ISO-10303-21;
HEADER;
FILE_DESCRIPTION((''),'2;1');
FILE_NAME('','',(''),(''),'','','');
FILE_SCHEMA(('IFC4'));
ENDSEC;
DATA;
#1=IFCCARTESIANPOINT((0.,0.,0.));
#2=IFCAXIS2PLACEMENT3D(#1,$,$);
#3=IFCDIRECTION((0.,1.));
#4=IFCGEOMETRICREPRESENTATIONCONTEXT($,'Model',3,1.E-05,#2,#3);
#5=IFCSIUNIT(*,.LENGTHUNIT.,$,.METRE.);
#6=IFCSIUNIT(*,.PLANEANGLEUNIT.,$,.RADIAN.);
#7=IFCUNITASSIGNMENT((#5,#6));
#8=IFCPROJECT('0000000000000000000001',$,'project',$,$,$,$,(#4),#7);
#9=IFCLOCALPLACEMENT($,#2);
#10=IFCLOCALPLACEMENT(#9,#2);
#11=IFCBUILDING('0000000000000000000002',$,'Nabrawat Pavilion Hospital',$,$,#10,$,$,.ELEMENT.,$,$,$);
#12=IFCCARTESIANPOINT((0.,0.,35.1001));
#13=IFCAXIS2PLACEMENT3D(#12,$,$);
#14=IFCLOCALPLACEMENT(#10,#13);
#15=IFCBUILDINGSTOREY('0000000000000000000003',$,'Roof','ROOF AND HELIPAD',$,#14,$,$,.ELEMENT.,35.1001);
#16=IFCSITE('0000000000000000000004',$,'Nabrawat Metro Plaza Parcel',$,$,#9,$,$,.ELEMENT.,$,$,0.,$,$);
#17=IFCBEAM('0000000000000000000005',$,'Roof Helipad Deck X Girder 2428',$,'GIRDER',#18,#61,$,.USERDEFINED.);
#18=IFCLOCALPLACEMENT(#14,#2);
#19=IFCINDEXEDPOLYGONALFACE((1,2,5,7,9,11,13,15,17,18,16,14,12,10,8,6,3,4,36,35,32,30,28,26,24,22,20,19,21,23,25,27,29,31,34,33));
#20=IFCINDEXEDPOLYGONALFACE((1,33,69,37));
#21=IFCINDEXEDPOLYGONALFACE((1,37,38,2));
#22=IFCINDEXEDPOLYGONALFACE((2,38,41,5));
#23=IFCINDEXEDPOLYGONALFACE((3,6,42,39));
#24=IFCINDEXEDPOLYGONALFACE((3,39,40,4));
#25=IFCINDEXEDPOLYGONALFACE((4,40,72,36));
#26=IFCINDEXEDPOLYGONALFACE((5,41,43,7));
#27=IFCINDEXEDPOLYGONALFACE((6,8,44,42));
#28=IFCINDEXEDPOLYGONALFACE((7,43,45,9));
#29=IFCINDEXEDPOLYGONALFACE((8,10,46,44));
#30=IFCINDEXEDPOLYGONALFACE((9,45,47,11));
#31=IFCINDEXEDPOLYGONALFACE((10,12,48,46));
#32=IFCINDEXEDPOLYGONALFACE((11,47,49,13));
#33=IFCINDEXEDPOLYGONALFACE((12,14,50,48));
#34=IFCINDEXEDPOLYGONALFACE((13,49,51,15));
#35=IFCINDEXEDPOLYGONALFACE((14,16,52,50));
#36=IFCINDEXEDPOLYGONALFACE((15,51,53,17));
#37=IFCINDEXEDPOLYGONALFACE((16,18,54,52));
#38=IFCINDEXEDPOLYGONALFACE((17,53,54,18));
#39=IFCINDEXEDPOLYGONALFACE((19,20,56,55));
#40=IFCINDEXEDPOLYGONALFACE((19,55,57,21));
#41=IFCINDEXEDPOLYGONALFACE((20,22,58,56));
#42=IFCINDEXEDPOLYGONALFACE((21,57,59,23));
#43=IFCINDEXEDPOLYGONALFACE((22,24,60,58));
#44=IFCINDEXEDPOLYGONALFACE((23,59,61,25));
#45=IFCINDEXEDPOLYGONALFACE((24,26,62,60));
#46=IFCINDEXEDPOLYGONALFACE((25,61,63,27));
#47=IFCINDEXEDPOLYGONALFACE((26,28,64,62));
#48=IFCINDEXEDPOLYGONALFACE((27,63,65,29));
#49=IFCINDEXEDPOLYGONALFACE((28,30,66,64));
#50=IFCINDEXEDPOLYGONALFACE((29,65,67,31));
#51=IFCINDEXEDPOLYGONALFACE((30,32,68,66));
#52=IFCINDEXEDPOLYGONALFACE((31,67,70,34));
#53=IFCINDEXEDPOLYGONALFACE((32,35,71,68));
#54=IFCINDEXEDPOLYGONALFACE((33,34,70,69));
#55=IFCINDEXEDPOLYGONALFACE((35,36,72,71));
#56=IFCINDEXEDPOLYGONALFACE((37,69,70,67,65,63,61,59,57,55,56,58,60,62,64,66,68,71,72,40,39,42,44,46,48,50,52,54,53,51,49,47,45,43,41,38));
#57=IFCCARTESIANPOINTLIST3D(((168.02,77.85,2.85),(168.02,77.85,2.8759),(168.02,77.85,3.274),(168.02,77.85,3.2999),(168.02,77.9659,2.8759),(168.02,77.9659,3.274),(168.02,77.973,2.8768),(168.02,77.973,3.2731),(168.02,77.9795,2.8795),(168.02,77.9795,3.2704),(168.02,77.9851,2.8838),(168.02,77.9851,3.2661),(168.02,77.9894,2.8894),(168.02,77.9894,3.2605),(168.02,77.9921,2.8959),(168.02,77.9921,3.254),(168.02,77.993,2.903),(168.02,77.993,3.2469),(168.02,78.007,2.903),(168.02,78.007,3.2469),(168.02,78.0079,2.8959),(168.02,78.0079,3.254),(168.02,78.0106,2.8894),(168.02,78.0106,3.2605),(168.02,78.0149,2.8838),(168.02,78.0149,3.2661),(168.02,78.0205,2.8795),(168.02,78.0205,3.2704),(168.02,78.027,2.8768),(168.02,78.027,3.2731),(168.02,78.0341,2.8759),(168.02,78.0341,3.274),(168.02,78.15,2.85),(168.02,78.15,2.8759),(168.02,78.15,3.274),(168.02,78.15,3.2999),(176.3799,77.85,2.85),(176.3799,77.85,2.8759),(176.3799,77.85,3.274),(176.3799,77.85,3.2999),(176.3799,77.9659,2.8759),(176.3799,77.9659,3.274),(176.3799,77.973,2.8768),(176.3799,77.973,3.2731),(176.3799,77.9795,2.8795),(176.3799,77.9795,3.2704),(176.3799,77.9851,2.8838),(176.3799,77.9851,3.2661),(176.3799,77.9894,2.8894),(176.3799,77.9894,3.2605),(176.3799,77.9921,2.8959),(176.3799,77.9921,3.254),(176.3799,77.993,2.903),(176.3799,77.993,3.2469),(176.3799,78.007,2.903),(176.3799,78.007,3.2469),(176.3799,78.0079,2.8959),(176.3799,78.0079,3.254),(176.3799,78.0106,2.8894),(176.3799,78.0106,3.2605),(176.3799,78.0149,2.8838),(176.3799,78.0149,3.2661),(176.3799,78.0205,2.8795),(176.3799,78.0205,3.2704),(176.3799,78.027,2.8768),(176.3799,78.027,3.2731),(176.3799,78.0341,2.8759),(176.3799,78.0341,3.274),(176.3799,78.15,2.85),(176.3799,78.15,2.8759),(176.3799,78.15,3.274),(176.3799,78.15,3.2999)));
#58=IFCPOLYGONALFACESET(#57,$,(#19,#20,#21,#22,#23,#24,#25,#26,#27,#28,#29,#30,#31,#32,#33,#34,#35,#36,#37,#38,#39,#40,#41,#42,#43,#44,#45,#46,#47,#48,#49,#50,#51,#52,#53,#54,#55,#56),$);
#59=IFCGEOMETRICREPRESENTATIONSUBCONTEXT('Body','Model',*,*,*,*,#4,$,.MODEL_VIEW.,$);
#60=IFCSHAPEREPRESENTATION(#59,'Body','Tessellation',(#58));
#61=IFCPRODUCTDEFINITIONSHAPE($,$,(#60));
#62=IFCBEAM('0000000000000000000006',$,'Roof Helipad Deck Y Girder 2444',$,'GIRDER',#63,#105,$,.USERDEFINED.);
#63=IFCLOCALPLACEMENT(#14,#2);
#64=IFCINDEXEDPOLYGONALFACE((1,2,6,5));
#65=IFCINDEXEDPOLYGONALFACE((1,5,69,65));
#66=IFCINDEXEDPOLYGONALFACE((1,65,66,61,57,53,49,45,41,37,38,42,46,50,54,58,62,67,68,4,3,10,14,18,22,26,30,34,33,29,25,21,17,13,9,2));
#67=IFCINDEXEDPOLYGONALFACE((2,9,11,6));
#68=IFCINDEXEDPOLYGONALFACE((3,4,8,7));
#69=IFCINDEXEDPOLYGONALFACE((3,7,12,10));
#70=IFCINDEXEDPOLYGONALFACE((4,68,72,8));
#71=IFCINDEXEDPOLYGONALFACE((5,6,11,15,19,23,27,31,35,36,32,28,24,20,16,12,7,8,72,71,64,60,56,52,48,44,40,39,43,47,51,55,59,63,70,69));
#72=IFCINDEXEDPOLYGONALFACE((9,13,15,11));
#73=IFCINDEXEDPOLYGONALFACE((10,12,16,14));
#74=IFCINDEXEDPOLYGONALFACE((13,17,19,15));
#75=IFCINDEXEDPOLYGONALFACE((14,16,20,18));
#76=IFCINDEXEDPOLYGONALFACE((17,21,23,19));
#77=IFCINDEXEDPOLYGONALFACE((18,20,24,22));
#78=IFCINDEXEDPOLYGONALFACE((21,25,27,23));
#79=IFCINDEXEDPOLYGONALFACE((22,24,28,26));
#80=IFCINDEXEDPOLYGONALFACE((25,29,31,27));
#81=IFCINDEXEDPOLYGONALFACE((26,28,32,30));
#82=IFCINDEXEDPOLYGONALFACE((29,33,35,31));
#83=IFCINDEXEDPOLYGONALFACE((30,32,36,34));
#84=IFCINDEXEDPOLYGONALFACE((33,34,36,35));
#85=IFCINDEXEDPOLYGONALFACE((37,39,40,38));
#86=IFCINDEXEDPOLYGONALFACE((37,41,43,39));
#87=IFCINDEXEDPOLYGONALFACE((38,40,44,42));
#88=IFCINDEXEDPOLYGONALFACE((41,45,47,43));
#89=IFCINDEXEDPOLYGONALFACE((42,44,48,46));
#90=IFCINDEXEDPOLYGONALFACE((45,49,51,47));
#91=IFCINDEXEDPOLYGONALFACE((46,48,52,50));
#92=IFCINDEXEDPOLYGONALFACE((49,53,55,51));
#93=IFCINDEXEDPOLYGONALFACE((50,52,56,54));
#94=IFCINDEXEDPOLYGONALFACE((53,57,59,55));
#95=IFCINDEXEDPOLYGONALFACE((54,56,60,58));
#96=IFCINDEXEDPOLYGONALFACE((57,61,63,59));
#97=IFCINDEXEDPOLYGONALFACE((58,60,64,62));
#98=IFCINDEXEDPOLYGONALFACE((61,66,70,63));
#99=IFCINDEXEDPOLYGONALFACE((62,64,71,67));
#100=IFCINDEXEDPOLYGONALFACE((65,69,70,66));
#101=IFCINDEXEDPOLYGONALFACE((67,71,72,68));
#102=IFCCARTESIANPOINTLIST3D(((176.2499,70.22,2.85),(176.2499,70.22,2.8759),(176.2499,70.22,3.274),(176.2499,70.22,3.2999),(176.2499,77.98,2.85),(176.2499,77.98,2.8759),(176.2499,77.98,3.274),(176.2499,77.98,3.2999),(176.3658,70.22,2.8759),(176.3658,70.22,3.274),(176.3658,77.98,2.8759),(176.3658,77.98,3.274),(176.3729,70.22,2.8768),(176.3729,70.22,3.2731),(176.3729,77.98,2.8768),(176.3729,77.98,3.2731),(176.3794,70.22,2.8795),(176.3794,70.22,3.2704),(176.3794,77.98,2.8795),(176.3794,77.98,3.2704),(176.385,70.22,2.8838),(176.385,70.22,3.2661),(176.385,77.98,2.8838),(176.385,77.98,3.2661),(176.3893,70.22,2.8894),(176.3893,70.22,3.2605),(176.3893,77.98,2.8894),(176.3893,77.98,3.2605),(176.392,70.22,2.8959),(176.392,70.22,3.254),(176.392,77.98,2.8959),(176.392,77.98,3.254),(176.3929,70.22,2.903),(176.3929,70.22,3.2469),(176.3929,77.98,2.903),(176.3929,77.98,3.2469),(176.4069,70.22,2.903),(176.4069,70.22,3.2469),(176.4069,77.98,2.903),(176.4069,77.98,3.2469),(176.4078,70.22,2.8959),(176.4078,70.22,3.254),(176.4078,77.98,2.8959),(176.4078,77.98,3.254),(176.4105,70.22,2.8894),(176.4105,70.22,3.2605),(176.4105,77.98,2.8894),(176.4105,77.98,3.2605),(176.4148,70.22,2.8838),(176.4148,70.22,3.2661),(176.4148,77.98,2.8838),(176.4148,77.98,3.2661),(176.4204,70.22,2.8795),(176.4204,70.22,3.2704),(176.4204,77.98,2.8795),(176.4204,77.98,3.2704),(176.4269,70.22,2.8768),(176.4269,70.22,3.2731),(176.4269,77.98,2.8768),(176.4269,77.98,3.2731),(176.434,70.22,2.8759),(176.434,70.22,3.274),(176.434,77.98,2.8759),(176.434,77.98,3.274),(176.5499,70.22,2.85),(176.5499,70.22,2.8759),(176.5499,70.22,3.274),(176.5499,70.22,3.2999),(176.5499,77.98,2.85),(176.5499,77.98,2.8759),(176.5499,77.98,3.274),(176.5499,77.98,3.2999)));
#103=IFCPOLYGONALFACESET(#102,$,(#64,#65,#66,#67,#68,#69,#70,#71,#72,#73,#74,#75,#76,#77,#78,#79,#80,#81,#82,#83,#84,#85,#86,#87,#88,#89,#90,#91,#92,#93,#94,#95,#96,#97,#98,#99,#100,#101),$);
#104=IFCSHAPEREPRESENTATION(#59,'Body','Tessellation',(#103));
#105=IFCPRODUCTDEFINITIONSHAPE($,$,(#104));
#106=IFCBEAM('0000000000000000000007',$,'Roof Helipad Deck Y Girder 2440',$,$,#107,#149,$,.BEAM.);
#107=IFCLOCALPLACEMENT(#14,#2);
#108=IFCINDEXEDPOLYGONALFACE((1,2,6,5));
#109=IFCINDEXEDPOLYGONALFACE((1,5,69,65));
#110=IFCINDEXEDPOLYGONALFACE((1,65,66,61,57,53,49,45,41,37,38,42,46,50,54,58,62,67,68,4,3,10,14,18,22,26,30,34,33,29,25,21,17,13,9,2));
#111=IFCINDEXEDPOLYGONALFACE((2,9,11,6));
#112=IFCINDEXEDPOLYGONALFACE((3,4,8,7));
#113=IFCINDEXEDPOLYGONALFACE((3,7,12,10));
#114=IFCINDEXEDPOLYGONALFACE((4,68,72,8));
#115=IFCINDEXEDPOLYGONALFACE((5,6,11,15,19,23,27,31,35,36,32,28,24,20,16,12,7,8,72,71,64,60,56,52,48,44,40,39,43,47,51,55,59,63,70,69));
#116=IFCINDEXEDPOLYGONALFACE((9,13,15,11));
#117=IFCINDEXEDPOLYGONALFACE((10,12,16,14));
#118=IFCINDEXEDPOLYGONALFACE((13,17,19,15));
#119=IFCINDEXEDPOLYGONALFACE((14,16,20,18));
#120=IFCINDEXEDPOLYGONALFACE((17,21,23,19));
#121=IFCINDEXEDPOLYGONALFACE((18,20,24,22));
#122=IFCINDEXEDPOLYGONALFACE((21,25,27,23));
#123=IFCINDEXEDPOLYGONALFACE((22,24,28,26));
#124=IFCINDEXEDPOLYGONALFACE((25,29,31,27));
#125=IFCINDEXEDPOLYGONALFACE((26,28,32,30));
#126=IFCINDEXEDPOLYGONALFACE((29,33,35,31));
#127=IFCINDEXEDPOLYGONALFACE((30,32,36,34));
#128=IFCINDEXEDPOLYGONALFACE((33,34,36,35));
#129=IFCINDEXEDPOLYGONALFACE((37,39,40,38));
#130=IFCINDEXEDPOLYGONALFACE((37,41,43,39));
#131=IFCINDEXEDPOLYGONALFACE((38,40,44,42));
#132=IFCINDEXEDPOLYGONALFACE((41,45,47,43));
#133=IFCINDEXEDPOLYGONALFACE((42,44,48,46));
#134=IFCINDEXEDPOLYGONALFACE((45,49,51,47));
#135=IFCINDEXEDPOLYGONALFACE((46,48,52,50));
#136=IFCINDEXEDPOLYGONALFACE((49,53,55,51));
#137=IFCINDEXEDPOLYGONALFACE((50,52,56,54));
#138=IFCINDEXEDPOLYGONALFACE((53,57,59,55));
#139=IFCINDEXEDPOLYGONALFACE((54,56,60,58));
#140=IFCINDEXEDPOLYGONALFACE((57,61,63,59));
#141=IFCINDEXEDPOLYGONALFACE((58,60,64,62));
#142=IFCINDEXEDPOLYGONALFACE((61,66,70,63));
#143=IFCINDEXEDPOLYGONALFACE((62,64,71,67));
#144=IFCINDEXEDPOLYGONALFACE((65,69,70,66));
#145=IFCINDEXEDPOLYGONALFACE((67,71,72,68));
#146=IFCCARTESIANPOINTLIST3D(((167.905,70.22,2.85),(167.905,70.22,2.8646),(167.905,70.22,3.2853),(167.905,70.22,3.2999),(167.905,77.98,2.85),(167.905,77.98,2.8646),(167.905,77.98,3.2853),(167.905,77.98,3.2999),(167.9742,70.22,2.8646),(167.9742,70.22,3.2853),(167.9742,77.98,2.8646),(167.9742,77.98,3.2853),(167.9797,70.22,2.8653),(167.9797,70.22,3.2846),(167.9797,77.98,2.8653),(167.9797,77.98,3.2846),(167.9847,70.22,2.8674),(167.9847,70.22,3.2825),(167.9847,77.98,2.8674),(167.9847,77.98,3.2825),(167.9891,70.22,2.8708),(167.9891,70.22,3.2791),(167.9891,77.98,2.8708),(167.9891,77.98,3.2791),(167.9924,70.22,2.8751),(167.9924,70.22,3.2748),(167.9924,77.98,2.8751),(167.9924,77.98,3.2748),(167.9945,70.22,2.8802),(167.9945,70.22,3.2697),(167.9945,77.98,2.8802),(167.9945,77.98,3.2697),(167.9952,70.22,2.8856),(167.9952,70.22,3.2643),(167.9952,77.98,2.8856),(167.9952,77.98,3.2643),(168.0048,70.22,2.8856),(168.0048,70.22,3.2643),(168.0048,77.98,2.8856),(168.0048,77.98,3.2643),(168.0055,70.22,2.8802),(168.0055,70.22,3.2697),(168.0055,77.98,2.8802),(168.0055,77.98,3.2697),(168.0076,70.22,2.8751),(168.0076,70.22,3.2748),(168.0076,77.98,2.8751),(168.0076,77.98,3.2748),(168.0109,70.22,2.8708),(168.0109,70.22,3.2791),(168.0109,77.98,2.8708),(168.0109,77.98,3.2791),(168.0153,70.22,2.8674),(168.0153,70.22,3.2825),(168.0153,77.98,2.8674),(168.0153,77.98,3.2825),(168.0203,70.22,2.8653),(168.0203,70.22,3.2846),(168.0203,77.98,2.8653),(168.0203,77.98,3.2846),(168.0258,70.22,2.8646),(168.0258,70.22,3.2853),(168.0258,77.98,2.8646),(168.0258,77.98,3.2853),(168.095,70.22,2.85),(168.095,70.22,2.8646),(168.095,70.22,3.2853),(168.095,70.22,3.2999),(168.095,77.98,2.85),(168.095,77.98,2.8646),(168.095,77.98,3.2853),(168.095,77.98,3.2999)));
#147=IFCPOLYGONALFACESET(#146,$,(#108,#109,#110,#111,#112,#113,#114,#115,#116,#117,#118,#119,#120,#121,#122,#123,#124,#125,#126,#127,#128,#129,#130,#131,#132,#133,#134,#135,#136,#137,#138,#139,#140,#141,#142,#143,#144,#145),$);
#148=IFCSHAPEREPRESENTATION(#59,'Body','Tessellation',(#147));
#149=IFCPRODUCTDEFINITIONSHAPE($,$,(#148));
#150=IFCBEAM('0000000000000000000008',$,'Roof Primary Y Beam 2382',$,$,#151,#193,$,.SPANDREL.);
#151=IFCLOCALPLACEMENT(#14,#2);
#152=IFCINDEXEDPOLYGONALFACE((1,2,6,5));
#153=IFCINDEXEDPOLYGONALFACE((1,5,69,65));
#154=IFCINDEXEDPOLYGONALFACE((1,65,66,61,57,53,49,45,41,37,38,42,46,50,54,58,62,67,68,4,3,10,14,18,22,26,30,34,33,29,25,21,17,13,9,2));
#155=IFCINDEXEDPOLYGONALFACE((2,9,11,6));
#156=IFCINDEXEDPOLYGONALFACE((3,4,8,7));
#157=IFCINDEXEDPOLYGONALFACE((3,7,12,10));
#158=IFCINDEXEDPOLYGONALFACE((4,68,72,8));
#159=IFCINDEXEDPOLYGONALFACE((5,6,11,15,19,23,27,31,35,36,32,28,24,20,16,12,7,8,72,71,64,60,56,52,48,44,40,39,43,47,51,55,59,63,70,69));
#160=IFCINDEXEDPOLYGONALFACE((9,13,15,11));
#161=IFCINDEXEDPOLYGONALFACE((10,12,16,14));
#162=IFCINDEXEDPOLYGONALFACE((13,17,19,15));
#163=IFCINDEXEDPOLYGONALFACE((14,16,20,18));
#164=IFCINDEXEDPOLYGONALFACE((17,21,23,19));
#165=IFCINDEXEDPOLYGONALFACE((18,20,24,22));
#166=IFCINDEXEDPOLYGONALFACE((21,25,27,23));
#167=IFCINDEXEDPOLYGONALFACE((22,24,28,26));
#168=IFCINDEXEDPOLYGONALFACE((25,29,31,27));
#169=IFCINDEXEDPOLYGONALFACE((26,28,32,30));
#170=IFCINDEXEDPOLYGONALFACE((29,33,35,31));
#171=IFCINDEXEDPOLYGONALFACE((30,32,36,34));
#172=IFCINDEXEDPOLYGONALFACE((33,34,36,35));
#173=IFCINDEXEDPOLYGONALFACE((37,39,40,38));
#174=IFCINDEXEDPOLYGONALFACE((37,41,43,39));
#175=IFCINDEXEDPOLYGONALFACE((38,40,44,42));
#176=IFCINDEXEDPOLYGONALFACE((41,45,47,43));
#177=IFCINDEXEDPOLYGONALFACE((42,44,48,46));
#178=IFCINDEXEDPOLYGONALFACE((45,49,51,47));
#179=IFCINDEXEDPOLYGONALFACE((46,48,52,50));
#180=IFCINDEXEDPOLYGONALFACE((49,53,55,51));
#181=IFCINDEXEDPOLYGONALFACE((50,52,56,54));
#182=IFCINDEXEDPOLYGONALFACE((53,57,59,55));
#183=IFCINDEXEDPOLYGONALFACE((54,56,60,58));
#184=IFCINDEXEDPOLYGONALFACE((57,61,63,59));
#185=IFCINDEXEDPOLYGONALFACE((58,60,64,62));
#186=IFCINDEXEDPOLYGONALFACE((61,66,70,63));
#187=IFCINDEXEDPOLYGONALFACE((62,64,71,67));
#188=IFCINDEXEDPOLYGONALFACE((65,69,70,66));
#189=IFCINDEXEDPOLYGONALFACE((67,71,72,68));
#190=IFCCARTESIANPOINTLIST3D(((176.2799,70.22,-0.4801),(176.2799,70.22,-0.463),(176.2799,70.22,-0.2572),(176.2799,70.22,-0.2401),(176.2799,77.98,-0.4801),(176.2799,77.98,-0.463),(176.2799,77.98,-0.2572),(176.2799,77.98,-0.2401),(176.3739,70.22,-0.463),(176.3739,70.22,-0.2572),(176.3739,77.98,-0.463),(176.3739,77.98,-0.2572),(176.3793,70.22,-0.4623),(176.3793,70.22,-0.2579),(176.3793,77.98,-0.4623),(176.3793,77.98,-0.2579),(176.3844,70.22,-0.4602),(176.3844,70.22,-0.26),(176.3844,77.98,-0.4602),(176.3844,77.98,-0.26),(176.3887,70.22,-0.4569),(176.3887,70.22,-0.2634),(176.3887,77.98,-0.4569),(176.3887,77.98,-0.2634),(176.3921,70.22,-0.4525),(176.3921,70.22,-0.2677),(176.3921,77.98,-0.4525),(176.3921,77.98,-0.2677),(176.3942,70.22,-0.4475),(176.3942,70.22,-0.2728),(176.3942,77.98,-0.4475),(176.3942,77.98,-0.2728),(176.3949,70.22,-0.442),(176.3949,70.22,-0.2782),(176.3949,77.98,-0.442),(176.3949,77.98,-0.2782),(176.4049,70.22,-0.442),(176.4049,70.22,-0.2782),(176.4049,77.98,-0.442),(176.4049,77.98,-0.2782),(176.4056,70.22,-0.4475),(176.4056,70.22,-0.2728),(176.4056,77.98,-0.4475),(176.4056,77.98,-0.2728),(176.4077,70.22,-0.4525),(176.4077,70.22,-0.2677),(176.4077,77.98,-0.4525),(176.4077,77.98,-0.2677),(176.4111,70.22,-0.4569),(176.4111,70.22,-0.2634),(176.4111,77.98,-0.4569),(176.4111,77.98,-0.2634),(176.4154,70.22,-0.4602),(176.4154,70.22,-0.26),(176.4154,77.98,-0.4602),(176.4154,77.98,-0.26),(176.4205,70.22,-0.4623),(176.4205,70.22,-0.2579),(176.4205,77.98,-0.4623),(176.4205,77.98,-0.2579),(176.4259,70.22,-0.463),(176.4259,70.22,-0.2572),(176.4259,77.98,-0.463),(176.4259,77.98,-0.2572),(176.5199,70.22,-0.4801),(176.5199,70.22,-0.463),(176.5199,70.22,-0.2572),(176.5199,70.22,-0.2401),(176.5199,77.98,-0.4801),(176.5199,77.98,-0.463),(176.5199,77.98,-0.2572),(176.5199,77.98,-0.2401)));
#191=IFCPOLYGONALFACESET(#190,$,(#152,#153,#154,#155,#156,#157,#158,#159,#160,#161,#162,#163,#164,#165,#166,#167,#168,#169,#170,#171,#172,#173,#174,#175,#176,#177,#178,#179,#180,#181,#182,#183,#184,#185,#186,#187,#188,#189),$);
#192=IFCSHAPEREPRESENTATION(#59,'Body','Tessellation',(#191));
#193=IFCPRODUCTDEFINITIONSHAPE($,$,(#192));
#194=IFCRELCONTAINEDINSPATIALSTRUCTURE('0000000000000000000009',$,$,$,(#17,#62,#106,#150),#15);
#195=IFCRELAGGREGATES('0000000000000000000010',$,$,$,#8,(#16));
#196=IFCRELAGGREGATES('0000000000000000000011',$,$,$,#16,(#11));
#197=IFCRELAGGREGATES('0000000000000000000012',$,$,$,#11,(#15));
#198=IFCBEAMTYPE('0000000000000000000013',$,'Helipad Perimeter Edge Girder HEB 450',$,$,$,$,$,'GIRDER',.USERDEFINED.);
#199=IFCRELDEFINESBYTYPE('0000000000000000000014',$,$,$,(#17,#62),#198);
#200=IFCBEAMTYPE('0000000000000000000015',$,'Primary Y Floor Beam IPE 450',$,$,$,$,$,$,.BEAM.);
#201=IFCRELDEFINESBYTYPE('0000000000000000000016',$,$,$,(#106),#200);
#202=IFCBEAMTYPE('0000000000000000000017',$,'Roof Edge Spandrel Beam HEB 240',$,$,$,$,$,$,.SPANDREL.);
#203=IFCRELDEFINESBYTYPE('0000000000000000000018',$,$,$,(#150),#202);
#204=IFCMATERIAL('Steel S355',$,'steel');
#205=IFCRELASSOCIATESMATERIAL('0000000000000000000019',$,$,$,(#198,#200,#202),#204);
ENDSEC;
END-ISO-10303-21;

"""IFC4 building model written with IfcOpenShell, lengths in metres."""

from ifc_helpers import new_model, si_unit, direction, frame, origin, origin_2d, place, context, subcontext, project, spatial, i_section, extrude, material, material_profile, profile_set, type_object, element, save


model = new_model("IFC4")

# Units and contexts
model_context = context("Model", 3, precision=1e-05, world=origin(), true_north=direction((0.0, 1.0)))
body_context = subcontext(model_context, "Body", "Model", "MODEL_VIEW")
ifc_project = project(units=[si_unit("LENGTHUNIT", "METRE"), si_unit("PLANEANGLEUNIT", "RADIAN")], contexts=[model_context])

# Site, building, storey
site_placement = place(None, origin())
site = spatial("IfcSite", under=ifc_project, at=site_placement, Name="Nabrawat Metro Plaza Parcel", CompositionType="ELEMENT", RefElevation=0.0)
building_placement = place(site_placement, origin())
building = spatial("IfcBuilding", under=site, at=building_placement, Name="Nabrawat Pavilion Hospital", CompositionType="ELEMENT")
storey_placement = place(building_placement, frame((0.0, 0.0, 35.1001)))
storey = spatial("IfcBuildingStorey", under=building, at=storey_placement, Name="Roof", Description="ROOF AND HELIPAD", CompositionType="ELEMENT", Elevation=35.1001)

# Shared definitions
ifc_material_1 = material(Name="Steel S355", Category="steel")

# Beams
ifc_material_profile_1 = material_profile(ifc_material_1, i_section(OverallWidth=0.3, OverallDepth=0.45, WebThickness=0.0139, FlangeThickness=0.0259, FilletRadius=0.0271, at=origin_2d()), Name="HEB 450")
ifc_profile_set_1 = profile_set([ifc_material_profile_1], Name="Steel S355")
beam_type_1 = type_object("IfcBeamType", Name="Helipad Perimeter Edge Girder HEB 450", ElementType="GIRDER", PredefinedType="USERDEFINED", material=ifc_profile_set_1)
beam_1_placement = place(storey_placement, frame((168.02, 78.0, 3.075), z_axis=(1.0, 0.0, 0.0), x_axis=(0.0, 1.0, 0.0)))
element("IfcBeam", 1, at=beam_1_placement, inside=storey, type_object=beam_type_1, Name="Roof Helipad Deck X Girder 2428", ObjectType="GIRDER", PredefinedType="USERDEFINED", context=body_context, shape_type="SweptSolid", body=[
    extrude(i_section(OverallWidth=0.3, OverallDepth=0.45, WebThickness=0.0139, FlangeThickness=0.0259, FilletRadius=0.0271, at=origin_2d()), origin(), (0.0, 0.0, 1.0), 8.3599),
])
beam_2_placement = place(storey_placement, frame((176.3999, 70.22, 3.075), z_axis=(0.0, 1.0, 0.0), x_axis=(-1.0, 0.0, 0.0)))
element("IfcBeam", 2, at=beam_2_placement, inside=storey, type_object=beam_type_1, Name="Roof Helipad Deck Y Girder 2444", ObjectType="GIRDER", PredefinedType="USERDEFINED", context=body_context, shape_type="SweptSolid", body=[
    extrude(i_section(OverallWidth=0.3, OverallDepth=0.45, WebThickness=0.0139, FlangeThickness=0.0259, FilletRadius=0.0271, at=origin_2d()), origin(), (0.0, 0.0, 1.0), 7.76),
])
ifc_material_profile_2 = material_profile(ifc_material_1, i_section(OverallWidth=0.1899, OverallDepth=0.45, WebThickness=0.0095, FlangeThickness=0.0146, FilletRadius=0.021, at=origin_2d()), Name="IPE 450")
ifc_profile_set_2 = profile_set([ifc_material_profile_2], Name="Steel S355")
beam_type_2 = type_object("IfcBeamType", Name="Primary Y Floor Beam IPE 450", PredefinedType="BEAM", material=ifc_profile_set_2)
beam_3_placement = place(storey_placement, frame((168.0, 70.22, 3.075), z_axis=(0.0, 1.0, 0.0), x_axis=(-1.0, 0.0, 0.0)))
element("IfcBeam", 3, at=beam_3_placement, inside=storey, type_object=beam_type_2, Name="Roof Helipad Deck Y Girder 2440", PredefinedType="BEAM", context=body_context, shape_type="SweptSolid", body=[
    extrude(i_section(OverallWidth=0.1899, OverallDepth=0.45, WebThickness=0.0095, FlangeThickness=0.0146, FilletRadius=0.021, at=origin_2d()), origin(), (0.0, 0.0, 1.0), 7.76),
])
ifc_material_profile_3 = material_profile(ifc_material_1, i_section(OverallWidth=0.24, OverallDepth=0.24, WebThickness=0.01, FlangeThickness=0.0171, FilletRadius=0.021, at=origin_2d()), Name="HEB 240")
ifc_profile_set_3 = profile_set([ifc_material_profile_3], Name="Steel S355")
beam_type_3 = type_object("IfcBeamType", Name="Roof Edge Spandrel Beam HEB 240", PredefinedType="SPANDREL", material=ifc_profile_set_3)
for number, where, z_axis, x_axis, name in (
    (4, (176.3999, 70.22, -0.3601), (0.0, 1.0, 0.0), (-1.0, 0.0, 0.0), "Roof Primary Y Beam 2382"),
):
    element("IfcBeam", number, at=place(storey_placement, frame(where, z_axis=z_axis, x_axis=x_axis)), inside=storey, type_object=beam_type_3, Name=name, PredefinedType="SPANDREL", context=body_context, shape_type="SweptSolid", body=[
        extrude(i_section(OverallWidth=0.24, OverallDepth=0.24, WebThickness=0.01, FlangeThickness=0.0171, FilletRadius=0.021, at=origin_2d()), origin(), (0.0, 0.0, 1.0), 7.76),
    ])

save(model, "model.ifc")
